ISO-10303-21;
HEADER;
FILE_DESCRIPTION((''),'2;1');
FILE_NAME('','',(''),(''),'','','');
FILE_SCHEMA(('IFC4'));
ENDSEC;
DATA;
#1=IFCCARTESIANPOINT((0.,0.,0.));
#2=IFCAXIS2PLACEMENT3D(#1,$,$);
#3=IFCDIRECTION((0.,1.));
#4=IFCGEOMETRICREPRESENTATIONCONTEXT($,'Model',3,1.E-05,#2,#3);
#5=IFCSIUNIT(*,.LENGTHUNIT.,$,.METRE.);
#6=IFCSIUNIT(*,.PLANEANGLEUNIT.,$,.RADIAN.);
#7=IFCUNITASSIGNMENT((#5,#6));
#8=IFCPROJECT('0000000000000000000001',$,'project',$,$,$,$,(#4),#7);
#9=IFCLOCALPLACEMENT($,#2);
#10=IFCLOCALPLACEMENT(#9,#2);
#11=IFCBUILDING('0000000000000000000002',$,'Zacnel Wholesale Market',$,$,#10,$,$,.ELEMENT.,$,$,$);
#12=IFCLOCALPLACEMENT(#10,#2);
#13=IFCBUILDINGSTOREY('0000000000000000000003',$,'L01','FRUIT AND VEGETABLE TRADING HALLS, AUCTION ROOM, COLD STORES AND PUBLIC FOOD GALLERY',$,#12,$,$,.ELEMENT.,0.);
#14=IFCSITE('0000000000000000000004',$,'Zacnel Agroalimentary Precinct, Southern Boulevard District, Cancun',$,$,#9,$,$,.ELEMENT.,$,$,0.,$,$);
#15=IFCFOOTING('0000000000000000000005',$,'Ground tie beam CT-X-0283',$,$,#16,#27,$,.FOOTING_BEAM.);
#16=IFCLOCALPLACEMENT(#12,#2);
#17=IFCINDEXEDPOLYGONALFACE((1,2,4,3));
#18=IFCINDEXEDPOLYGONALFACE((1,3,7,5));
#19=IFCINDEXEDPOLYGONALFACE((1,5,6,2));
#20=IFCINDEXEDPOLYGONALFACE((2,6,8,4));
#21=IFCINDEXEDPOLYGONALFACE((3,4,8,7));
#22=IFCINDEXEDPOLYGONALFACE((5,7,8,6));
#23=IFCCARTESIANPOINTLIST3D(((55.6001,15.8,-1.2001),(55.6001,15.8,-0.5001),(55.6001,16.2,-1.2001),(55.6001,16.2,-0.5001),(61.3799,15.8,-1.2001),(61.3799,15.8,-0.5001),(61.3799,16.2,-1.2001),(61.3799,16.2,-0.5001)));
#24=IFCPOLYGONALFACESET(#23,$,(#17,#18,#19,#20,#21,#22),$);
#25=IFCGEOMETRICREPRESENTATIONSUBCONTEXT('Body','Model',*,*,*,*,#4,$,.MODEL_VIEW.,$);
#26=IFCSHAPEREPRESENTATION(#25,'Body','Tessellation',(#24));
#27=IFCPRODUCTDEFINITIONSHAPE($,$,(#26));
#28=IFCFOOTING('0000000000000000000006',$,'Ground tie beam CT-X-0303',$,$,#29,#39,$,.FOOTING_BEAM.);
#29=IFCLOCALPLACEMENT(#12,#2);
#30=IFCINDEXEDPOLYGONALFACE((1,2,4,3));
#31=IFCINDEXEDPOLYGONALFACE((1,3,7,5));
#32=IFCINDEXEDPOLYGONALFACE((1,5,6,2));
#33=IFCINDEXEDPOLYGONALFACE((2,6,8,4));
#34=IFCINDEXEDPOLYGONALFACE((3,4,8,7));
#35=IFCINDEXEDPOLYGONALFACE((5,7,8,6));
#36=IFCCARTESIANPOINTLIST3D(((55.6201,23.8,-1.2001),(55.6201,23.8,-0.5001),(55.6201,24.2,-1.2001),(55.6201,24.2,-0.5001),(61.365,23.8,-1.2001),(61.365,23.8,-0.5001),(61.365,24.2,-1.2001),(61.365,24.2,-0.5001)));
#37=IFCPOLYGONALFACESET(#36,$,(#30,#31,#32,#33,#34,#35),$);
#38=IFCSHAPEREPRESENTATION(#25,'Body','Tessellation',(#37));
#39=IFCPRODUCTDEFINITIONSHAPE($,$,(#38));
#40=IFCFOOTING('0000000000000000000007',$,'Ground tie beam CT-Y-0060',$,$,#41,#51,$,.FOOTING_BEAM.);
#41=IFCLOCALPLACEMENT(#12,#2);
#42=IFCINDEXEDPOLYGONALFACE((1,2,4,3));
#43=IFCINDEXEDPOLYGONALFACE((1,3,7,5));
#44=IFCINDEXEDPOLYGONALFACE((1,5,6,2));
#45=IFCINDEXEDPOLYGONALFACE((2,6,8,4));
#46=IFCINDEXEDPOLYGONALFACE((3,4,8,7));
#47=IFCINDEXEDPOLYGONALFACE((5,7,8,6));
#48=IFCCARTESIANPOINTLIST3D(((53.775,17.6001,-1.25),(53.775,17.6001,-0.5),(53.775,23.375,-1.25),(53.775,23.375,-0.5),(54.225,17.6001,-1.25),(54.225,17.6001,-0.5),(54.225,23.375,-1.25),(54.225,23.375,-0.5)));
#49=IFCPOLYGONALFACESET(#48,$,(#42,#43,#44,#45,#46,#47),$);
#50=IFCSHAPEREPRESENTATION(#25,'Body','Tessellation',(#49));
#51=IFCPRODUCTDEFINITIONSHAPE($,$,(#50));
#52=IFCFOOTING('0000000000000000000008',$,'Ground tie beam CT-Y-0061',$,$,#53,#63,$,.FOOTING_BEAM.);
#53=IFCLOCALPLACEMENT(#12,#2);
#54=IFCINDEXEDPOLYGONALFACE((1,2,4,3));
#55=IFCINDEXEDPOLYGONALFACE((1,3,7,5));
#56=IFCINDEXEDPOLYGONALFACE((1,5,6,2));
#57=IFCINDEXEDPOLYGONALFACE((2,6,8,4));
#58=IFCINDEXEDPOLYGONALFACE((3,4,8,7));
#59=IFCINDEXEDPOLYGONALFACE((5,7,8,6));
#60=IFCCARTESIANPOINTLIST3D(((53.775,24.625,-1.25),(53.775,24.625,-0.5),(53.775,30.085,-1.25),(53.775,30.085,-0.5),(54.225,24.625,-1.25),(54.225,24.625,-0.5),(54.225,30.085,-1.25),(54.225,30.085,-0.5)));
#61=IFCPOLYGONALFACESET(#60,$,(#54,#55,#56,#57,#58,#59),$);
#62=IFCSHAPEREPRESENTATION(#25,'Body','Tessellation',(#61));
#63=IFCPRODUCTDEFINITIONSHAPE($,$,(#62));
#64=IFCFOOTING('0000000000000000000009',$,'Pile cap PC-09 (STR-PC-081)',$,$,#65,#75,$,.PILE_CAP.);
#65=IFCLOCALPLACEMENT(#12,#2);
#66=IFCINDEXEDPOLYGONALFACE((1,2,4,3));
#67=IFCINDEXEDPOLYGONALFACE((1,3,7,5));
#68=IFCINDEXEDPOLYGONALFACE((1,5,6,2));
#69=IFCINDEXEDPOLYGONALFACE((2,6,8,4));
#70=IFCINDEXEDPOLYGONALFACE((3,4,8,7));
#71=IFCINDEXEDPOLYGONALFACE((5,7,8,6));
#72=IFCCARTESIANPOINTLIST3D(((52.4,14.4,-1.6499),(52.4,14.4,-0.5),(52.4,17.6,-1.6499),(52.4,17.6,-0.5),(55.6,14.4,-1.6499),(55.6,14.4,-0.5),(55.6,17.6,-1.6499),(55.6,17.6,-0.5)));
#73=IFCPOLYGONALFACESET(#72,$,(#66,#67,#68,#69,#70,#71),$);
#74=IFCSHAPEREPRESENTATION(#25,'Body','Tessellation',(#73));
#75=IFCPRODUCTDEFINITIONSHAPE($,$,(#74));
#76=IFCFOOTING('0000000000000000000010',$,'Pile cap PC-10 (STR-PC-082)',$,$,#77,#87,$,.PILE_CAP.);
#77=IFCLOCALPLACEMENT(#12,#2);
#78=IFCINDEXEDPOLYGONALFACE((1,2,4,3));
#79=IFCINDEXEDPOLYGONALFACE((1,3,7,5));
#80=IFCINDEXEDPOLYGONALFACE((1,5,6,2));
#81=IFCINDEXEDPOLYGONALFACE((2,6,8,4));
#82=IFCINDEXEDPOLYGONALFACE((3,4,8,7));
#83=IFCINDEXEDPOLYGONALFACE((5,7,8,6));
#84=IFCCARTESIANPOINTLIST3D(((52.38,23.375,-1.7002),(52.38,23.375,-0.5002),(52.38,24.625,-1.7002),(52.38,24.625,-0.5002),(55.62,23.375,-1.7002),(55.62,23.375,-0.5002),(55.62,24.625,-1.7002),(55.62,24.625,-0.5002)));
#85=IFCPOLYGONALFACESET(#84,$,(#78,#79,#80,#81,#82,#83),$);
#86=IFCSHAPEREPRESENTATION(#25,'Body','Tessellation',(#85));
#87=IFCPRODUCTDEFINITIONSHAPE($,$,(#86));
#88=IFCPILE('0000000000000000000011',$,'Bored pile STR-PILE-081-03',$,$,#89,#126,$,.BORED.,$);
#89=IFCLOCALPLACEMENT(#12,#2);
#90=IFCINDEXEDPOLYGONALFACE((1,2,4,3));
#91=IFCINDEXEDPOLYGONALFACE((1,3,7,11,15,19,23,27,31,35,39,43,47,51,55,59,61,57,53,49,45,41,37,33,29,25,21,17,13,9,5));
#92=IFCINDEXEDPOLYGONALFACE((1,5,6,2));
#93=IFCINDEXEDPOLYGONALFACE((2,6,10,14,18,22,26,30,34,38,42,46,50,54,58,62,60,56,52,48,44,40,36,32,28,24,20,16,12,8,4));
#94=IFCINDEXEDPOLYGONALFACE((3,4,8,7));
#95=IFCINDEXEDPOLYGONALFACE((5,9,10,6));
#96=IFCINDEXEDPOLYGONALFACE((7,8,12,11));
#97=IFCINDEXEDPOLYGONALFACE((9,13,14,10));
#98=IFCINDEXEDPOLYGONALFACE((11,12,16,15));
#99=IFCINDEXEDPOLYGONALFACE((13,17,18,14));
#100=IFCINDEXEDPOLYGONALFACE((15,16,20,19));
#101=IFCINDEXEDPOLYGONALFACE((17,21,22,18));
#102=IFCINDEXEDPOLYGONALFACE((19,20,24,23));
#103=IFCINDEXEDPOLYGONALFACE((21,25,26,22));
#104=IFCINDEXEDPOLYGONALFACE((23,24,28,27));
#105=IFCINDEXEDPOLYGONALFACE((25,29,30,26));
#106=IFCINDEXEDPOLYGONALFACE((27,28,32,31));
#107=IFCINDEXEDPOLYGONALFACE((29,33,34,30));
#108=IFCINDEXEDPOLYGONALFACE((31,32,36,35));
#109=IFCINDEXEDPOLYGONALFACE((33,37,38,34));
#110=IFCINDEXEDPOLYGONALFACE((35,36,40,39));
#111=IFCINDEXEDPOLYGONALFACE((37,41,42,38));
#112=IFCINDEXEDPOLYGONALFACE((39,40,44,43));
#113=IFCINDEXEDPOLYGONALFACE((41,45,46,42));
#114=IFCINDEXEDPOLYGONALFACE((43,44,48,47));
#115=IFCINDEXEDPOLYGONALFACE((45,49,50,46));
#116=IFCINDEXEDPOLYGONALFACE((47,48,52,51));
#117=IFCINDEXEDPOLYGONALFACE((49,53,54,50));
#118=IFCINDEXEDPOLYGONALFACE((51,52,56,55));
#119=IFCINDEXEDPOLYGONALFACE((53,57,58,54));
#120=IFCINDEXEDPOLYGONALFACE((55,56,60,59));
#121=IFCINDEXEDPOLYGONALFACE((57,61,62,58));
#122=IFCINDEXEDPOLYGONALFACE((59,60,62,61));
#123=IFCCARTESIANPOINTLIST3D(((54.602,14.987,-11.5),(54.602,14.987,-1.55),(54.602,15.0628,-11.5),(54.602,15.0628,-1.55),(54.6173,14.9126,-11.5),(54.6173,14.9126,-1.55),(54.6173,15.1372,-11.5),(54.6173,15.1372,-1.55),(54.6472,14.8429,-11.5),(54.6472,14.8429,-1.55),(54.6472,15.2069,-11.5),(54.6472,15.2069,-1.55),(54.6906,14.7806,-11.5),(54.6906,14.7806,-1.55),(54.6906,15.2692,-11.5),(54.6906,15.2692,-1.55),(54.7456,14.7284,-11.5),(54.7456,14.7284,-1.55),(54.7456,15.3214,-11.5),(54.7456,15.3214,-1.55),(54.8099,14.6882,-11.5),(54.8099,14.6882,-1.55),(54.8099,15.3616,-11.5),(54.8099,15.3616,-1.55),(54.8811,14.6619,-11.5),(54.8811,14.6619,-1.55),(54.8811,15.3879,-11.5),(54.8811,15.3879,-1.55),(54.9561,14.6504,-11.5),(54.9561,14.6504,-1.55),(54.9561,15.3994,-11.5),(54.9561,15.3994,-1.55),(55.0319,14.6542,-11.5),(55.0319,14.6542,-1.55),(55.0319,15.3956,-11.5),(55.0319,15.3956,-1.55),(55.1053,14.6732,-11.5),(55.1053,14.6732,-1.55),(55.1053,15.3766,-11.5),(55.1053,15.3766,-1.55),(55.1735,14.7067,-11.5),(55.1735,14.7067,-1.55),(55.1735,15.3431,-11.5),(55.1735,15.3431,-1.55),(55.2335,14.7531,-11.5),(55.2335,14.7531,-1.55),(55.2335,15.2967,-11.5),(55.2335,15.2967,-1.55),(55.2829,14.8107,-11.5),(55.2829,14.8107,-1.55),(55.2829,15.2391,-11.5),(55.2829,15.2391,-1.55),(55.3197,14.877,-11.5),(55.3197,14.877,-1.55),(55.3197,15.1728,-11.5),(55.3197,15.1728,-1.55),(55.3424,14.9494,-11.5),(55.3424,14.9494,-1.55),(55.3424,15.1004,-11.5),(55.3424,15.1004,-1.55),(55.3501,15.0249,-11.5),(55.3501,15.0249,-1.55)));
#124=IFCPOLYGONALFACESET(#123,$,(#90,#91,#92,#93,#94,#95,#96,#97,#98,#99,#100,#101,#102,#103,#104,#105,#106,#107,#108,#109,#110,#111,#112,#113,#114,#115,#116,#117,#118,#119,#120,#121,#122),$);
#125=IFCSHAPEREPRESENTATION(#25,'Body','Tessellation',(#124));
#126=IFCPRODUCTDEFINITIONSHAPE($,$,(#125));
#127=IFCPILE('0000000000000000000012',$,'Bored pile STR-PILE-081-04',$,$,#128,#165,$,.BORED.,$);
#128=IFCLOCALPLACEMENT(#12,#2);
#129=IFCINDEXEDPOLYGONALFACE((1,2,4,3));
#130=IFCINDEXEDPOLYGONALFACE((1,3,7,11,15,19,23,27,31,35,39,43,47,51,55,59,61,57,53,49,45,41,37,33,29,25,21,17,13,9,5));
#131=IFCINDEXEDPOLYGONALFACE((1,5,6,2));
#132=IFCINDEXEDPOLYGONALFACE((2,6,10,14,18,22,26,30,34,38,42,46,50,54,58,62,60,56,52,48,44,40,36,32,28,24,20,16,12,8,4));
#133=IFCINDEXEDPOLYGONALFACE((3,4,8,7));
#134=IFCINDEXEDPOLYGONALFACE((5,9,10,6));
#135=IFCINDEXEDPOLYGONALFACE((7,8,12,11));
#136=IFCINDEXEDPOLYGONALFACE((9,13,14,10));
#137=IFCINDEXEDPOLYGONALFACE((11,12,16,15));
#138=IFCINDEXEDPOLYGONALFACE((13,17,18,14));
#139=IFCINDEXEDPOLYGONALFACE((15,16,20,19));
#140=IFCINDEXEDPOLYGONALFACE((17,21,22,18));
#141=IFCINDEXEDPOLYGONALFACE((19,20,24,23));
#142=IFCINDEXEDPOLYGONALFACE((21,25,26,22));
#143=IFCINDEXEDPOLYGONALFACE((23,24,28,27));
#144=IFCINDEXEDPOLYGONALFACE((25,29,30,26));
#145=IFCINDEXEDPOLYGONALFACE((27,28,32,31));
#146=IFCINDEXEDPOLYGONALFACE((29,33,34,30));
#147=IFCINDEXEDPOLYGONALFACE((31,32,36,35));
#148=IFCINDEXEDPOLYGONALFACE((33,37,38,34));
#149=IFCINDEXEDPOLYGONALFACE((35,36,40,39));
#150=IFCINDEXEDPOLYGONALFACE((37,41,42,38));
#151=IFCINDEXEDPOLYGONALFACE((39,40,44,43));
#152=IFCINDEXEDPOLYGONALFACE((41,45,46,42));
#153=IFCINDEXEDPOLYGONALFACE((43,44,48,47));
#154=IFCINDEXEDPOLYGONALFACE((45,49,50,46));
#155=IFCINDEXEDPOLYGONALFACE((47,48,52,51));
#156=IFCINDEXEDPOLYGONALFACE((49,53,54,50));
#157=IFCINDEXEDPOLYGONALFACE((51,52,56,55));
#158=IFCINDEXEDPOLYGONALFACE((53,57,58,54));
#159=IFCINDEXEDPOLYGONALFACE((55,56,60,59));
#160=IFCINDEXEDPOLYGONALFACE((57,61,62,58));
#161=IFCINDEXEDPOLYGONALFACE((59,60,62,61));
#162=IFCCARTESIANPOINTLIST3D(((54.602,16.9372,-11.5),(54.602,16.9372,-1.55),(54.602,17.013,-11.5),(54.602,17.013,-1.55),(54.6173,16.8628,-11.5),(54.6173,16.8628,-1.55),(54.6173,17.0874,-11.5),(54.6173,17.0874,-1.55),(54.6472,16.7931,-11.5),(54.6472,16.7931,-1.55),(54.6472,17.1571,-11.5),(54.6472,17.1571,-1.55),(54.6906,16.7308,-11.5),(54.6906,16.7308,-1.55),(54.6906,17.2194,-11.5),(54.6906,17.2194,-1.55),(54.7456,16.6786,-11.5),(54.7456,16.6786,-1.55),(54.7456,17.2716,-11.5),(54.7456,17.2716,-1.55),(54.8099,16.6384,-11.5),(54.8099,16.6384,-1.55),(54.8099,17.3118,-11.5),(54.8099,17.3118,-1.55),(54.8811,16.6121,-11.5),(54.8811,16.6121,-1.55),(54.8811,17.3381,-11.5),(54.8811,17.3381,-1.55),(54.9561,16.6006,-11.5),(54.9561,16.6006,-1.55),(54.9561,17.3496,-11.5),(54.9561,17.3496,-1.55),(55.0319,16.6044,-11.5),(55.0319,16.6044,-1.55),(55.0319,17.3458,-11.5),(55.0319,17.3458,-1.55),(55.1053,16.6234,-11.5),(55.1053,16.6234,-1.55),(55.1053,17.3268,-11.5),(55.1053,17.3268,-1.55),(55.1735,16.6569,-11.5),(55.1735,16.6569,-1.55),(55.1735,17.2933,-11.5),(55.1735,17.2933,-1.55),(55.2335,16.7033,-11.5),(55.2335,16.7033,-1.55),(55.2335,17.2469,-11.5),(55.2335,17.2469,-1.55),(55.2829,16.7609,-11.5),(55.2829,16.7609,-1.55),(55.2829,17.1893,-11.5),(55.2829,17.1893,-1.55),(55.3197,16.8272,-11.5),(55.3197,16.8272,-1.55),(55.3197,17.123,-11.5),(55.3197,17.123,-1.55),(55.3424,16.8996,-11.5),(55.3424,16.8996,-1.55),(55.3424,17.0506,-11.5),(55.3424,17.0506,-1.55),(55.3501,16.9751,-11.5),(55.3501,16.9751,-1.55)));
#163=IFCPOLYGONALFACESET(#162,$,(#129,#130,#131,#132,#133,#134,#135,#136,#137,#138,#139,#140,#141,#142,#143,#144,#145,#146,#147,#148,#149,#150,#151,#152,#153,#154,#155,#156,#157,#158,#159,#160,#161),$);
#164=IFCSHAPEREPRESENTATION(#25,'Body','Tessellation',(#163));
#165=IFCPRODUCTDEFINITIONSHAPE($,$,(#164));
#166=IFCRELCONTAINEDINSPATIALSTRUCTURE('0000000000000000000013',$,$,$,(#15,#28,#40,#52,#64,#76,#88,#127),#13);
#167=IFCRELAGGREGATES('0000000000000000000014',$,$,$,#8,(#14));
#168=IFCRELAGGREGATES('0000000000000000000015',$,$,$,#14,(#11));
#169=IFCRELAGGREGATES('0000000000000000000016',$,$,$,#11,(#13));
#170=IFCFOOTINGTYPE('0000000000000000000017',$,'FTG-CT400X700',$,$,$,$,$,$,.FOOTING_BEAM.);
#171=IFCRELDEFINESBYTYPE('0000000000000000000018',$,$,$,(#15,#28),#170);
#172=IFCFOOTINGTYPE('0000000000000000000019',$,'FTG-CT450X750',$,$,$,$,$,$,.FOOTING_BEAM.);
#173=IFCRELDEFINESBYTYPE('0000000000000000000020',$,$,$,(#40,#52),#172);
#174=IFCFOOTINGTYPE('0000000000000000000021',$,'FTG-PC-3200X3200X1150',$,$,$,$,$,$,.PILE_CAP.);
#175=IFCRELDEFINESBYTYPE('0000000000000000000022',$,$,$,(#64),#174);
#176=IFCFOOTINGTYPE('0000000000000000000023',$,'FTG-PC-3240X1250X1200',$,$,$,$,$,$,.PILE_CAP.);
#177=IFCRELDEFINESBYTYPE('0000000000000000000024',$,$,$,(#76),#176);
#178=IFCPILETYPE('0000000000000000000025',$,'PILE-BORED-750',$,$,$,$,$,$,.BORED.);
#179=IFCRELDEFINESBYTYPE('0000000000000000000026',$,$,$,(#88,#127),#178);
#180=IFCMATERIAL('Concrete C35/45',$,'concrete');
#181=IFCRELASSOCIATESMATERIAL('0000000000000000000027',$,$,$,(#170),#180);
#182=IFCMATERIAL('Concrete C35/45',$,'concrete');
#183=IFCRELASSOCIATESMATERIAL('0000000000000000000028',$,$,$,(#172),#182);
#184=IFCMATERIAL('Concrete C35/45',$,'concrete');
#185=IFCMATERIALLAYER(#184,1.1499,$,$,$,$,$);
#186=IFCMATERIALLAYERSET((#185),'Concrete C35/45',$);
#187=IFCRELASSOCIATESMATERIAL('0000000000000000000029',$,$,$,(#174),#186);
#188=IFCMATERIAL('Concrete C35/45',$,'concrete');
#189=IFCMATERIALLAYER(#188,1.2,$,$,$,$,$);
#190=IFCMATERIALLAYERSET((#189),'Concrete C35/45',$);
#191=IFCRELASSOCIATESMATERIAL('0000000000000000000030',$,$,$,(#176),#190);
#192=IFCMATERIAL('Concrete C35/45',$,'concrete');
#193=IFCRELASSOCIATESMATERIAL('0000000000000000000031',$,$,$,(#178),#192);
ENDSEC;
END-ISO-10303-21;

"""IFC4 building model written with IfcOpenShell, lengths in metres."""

from ifc_helpers import new_model, si_unit, direction, frame, origin, origin_2d, place, context, subcontext, project, spatial, rectangle, circle, extrude, material, layer, layer_set, material_profile, profile_set, type_object, element, save


model = new_model("IFC4")

# Units and contexts
model_context = context("Model", 3, precision=1e-05, world=origin(), true_north=direction((0.0, 1.0)))
body_context = subcontext(model_context, "Body", "Model", "MODEL_VIEW")
ifc_project = project(units=[si_unit("LENGTHUNIT", "METRE"), si_unit("PLANEANGLEUNIT", "RADIAN")], contexts=[model_context])

# Site, building, storey
site_placement = place(None, origin())
site = spatial("IfcSite", under=ifc_project, at=site_placement, Name="Zacnel Agroalimentary Precinct, Southern Boulevard District, Cancun", CompositionType="ELEMENT", RefElevation=0.0)
building_placement = place(site_placement, origin())
building = spatial("IfcBuilding", under=site, at=building_placement, Name="Zacnel Wholesale Market", CompositionType="ELEMENT")
storey_placement = place(building_placement, origin())
storey = spatial("IfcBuildingStorey", under=building, at=storey_placement, Name="L01", Description="FRUIT AND VEGETABLE TRADING HALLS, AUCTION ROOM, COLD STORES AND PUBLIC FOOD GALLERY", CompositionType="ELEMENT", Elevation=0.0)

# Footings
ifc_material_1 = material(Name="Concrete C35/45", Category="concrete")
ifc_material_profile_1 = material_profile(ifc_material_1, rectangle(XDim=0.3999, YDim=0.7, at=origin_2d()), Name="CT 400x700")
ifc_profile_set_1 = profile_set([ifc_material_profile_1], Name="Concrete C35/45")
footing_type_1 = type_object("IfcFootingType", Name="FTG-CT400X700", PredefinedType="FOOTING_BEAM", material=ifc_profile_set_1)
footing_1_placement = place(storey_placement, frame((55.6001, 16.0, -0.8501), z_axis=(1.0, 0.0, 0.0), x_axis=(0.0, 1.0, 0.0)))
element("IfcFooting", 1, at=footing_1_placement, inside=storey, type_object=footing_type_1, Name="Ground tie beam CT-X-0283", PredefinedType="FOOTING_BEAM", context=body_context, shape_type="SweptSolid", body=[
    extrude(rectangle(XDim=0.3999, YDim=0.7, at=origin_2d()), origin(), (0.0, 0.0, 1.0), 5.7798),
])
footing_2_placement = place(storey_placement, frame((55.6201, 24.0, -0.8501), z_axis=(1.0, 0.0, 0.0), x_axis=(0.0, 1.0, 0.0)))
element("IfcFooting", 2, at=footing_2_placement, inside=storey, type_object=footing_type_1, Name="Ground tie beam CT-X-0303", PredefinedType="FOOTING_BEAM", context=body_context, shape_type="SweptSolid", body=[
    extrude(rectangle(XDim=0.3999, YDim=0.7, at=origin_2d()), origin(), (0.0, 0.0, 1.0), 5.7449),
])
ifc_material_2 = material(Name="Concrete C35/45", Category="concrete")
ifc_material_profile_2 = material_profile(ifc_material_2, rectangle(XDim=0.45, YDim=0.75, at=origin_2d()), Name="CT 450x750")
ifc_profile_set_2 = profile_set([ifc_material_profile_2], Name="Concrete C35/45")
footing_type_2 = type_object("IfcFootingType", Name="FTG-CT450X750", PredefinedType="FOOTING_BEAM", material=ifc_profile_set_2)
footing_3_placement = place(storey_placement, frame((54.0, 17.6001, -0.875), z_axis=(0.0, 1.0, 0.0), x_axis=(-1.0, 0.0, 0.0)))
element("IfcFooting", 3, at=footing_3_placement, inside=storey, type_object=footing_type_2, Name="Ground tie beam CT-Y-0060", PredefinedType="FOOTING_BEAM", context=body_context, shape_type="SweptSolid", body=[
    extrude(rectangle(XDim=0.45, YDim=0.75, at=origin_2d()), origin(), (0.0, 0.0, 1.0), 5.7749),
])
footing_4_placement = place(storey_placement, frame((54.0, 24.625, -0.875), z_axis=(0.0, 1.0, 0.0), x_axis=(-1.0, 0.0, 0.0)))
element("IfcFooting", 4, at=footing_4_placement, inside=storey, type_object=footing_type_2, Name="Ground tie beam CT-Y-0061", PredefinedType="FOOTING_BEAM", context=body_context, shape_type="SweptSolid", body=[
    extrude(rectangle(XDim=0.45, YDim=0.75, at=origin_2d()), origin(), (0.0, 0.0, 1.0), 5.46),
])
ifc_material_3 = material(Name="Concrete C35/45", Category="concrete")
ifc_layer_1 = layer(ifc_material_3, 1.1499)
ifc_layer_set_1 = layer_set([ifc_layer_1], Name="Concrete C35/45")
footing_type_3 = type_object("IfcFootingType", Name="FTG-PC-3200X3200X1150", PredefinedType="PILE_CAP", material=ifc_layer_set_1)
footing_5_placement = place(storey_placement, frame((54.0, 16.0, -1.6499), z_axis=(0.0, 0.0, 1.0), x_axis=(1.0, 0.0, 0.0)))
element("IfcFooting", 5, at=footing_5_placement, inside=storey, type_object=footing_type_3, Name="Pile cap PC-09 (STR-PC-081)", PredefinedType="PILE_CAP", context=body_context, shape_type="SweptSolid", body=[
    extrude(rectangle(XDim=3.2, YDim=3.2, at=origin_2d()), origin(), (0.0, 0.0, 1.0), 1.1499),
])
ifc_material_4 = material(Name="Concrete C35/45", Category="concrete")
ifc_layer_2 = layer(ifc_material_4, 1.2)
ifc_layer_set_2 = layer_set([ifc_layer_2], Name="Concrete C35/45")
footing_type_4 = type_object("IfcFootingType", Name="FTG-PC-3240X1250X1200", PredefinedType="PILE_CAP", material=ifc_layer_set_2)
footing_6_placement = place(storey_placement, frame((54.0, 24.0, -1.7002), z_axis=(0.0, 0.0, 1.0), x_axis=(1.0, 0.0, 0.0)))
element("IfcFooting", 6, at=footing_6_placement, inside=storey, type_object=footing_type_4, Name="Pile cap PC-10 (STR-PC-082)", PredefinedType="PILE_CAP", context=body_context, shape_type="SweptSolid", body=[
    extrude(rectangle(XDim=3.24, YDim=1.25, at=origin_2d()), origin(), (0.0, 0.0, 1.0), 1.2),
])

# Piles
ifc_material_5 = material(Name="Concrete C35/45", Category="concrete")
ifc_material_profile_3 = material_profile(ifc_material_5, circle(Radius=0.375, at=origin_2d()), Name="BORED PILE D750")
ifc_profile_set_3 = profile_set([ifc_material_profile_3], Name="Concrete C35/45")
pile_type = type_object("IfcPileType", Name="PILE-BORED-750", PredefinedType="BORED", material=ifc_profile_set_3)
for number, where, z_axis, x_axis, name in (
    (7, (54.9751, 15.0249, -1.55), (0.0, 0.0, -1.0), (1.0, 0.0, 0.0), "Bored pile STR-PILE-081-03"),
    (8, (54.9751, 16.9751, -1.55), (0.0, 0.0, -1.0), (1.0, 0.0, 0.0), "Bored pile STR-PILE-081-04"),
):
    element("IfcPile", number, at=place(storey_placement, frame(where, z_axis=z_axis, x_axis=x_axis)), inside=storey, type_object=pile_type, Name=name, PredefinedType="BORED", context=body_context, shape_type="SweptSolid", body=[
        extrude(circle(Radius=0.375, at=origin_2d()), origin(), (0.0, 0.0, 1.0), 9.95),
    ])

save(model, "model.ifc")
